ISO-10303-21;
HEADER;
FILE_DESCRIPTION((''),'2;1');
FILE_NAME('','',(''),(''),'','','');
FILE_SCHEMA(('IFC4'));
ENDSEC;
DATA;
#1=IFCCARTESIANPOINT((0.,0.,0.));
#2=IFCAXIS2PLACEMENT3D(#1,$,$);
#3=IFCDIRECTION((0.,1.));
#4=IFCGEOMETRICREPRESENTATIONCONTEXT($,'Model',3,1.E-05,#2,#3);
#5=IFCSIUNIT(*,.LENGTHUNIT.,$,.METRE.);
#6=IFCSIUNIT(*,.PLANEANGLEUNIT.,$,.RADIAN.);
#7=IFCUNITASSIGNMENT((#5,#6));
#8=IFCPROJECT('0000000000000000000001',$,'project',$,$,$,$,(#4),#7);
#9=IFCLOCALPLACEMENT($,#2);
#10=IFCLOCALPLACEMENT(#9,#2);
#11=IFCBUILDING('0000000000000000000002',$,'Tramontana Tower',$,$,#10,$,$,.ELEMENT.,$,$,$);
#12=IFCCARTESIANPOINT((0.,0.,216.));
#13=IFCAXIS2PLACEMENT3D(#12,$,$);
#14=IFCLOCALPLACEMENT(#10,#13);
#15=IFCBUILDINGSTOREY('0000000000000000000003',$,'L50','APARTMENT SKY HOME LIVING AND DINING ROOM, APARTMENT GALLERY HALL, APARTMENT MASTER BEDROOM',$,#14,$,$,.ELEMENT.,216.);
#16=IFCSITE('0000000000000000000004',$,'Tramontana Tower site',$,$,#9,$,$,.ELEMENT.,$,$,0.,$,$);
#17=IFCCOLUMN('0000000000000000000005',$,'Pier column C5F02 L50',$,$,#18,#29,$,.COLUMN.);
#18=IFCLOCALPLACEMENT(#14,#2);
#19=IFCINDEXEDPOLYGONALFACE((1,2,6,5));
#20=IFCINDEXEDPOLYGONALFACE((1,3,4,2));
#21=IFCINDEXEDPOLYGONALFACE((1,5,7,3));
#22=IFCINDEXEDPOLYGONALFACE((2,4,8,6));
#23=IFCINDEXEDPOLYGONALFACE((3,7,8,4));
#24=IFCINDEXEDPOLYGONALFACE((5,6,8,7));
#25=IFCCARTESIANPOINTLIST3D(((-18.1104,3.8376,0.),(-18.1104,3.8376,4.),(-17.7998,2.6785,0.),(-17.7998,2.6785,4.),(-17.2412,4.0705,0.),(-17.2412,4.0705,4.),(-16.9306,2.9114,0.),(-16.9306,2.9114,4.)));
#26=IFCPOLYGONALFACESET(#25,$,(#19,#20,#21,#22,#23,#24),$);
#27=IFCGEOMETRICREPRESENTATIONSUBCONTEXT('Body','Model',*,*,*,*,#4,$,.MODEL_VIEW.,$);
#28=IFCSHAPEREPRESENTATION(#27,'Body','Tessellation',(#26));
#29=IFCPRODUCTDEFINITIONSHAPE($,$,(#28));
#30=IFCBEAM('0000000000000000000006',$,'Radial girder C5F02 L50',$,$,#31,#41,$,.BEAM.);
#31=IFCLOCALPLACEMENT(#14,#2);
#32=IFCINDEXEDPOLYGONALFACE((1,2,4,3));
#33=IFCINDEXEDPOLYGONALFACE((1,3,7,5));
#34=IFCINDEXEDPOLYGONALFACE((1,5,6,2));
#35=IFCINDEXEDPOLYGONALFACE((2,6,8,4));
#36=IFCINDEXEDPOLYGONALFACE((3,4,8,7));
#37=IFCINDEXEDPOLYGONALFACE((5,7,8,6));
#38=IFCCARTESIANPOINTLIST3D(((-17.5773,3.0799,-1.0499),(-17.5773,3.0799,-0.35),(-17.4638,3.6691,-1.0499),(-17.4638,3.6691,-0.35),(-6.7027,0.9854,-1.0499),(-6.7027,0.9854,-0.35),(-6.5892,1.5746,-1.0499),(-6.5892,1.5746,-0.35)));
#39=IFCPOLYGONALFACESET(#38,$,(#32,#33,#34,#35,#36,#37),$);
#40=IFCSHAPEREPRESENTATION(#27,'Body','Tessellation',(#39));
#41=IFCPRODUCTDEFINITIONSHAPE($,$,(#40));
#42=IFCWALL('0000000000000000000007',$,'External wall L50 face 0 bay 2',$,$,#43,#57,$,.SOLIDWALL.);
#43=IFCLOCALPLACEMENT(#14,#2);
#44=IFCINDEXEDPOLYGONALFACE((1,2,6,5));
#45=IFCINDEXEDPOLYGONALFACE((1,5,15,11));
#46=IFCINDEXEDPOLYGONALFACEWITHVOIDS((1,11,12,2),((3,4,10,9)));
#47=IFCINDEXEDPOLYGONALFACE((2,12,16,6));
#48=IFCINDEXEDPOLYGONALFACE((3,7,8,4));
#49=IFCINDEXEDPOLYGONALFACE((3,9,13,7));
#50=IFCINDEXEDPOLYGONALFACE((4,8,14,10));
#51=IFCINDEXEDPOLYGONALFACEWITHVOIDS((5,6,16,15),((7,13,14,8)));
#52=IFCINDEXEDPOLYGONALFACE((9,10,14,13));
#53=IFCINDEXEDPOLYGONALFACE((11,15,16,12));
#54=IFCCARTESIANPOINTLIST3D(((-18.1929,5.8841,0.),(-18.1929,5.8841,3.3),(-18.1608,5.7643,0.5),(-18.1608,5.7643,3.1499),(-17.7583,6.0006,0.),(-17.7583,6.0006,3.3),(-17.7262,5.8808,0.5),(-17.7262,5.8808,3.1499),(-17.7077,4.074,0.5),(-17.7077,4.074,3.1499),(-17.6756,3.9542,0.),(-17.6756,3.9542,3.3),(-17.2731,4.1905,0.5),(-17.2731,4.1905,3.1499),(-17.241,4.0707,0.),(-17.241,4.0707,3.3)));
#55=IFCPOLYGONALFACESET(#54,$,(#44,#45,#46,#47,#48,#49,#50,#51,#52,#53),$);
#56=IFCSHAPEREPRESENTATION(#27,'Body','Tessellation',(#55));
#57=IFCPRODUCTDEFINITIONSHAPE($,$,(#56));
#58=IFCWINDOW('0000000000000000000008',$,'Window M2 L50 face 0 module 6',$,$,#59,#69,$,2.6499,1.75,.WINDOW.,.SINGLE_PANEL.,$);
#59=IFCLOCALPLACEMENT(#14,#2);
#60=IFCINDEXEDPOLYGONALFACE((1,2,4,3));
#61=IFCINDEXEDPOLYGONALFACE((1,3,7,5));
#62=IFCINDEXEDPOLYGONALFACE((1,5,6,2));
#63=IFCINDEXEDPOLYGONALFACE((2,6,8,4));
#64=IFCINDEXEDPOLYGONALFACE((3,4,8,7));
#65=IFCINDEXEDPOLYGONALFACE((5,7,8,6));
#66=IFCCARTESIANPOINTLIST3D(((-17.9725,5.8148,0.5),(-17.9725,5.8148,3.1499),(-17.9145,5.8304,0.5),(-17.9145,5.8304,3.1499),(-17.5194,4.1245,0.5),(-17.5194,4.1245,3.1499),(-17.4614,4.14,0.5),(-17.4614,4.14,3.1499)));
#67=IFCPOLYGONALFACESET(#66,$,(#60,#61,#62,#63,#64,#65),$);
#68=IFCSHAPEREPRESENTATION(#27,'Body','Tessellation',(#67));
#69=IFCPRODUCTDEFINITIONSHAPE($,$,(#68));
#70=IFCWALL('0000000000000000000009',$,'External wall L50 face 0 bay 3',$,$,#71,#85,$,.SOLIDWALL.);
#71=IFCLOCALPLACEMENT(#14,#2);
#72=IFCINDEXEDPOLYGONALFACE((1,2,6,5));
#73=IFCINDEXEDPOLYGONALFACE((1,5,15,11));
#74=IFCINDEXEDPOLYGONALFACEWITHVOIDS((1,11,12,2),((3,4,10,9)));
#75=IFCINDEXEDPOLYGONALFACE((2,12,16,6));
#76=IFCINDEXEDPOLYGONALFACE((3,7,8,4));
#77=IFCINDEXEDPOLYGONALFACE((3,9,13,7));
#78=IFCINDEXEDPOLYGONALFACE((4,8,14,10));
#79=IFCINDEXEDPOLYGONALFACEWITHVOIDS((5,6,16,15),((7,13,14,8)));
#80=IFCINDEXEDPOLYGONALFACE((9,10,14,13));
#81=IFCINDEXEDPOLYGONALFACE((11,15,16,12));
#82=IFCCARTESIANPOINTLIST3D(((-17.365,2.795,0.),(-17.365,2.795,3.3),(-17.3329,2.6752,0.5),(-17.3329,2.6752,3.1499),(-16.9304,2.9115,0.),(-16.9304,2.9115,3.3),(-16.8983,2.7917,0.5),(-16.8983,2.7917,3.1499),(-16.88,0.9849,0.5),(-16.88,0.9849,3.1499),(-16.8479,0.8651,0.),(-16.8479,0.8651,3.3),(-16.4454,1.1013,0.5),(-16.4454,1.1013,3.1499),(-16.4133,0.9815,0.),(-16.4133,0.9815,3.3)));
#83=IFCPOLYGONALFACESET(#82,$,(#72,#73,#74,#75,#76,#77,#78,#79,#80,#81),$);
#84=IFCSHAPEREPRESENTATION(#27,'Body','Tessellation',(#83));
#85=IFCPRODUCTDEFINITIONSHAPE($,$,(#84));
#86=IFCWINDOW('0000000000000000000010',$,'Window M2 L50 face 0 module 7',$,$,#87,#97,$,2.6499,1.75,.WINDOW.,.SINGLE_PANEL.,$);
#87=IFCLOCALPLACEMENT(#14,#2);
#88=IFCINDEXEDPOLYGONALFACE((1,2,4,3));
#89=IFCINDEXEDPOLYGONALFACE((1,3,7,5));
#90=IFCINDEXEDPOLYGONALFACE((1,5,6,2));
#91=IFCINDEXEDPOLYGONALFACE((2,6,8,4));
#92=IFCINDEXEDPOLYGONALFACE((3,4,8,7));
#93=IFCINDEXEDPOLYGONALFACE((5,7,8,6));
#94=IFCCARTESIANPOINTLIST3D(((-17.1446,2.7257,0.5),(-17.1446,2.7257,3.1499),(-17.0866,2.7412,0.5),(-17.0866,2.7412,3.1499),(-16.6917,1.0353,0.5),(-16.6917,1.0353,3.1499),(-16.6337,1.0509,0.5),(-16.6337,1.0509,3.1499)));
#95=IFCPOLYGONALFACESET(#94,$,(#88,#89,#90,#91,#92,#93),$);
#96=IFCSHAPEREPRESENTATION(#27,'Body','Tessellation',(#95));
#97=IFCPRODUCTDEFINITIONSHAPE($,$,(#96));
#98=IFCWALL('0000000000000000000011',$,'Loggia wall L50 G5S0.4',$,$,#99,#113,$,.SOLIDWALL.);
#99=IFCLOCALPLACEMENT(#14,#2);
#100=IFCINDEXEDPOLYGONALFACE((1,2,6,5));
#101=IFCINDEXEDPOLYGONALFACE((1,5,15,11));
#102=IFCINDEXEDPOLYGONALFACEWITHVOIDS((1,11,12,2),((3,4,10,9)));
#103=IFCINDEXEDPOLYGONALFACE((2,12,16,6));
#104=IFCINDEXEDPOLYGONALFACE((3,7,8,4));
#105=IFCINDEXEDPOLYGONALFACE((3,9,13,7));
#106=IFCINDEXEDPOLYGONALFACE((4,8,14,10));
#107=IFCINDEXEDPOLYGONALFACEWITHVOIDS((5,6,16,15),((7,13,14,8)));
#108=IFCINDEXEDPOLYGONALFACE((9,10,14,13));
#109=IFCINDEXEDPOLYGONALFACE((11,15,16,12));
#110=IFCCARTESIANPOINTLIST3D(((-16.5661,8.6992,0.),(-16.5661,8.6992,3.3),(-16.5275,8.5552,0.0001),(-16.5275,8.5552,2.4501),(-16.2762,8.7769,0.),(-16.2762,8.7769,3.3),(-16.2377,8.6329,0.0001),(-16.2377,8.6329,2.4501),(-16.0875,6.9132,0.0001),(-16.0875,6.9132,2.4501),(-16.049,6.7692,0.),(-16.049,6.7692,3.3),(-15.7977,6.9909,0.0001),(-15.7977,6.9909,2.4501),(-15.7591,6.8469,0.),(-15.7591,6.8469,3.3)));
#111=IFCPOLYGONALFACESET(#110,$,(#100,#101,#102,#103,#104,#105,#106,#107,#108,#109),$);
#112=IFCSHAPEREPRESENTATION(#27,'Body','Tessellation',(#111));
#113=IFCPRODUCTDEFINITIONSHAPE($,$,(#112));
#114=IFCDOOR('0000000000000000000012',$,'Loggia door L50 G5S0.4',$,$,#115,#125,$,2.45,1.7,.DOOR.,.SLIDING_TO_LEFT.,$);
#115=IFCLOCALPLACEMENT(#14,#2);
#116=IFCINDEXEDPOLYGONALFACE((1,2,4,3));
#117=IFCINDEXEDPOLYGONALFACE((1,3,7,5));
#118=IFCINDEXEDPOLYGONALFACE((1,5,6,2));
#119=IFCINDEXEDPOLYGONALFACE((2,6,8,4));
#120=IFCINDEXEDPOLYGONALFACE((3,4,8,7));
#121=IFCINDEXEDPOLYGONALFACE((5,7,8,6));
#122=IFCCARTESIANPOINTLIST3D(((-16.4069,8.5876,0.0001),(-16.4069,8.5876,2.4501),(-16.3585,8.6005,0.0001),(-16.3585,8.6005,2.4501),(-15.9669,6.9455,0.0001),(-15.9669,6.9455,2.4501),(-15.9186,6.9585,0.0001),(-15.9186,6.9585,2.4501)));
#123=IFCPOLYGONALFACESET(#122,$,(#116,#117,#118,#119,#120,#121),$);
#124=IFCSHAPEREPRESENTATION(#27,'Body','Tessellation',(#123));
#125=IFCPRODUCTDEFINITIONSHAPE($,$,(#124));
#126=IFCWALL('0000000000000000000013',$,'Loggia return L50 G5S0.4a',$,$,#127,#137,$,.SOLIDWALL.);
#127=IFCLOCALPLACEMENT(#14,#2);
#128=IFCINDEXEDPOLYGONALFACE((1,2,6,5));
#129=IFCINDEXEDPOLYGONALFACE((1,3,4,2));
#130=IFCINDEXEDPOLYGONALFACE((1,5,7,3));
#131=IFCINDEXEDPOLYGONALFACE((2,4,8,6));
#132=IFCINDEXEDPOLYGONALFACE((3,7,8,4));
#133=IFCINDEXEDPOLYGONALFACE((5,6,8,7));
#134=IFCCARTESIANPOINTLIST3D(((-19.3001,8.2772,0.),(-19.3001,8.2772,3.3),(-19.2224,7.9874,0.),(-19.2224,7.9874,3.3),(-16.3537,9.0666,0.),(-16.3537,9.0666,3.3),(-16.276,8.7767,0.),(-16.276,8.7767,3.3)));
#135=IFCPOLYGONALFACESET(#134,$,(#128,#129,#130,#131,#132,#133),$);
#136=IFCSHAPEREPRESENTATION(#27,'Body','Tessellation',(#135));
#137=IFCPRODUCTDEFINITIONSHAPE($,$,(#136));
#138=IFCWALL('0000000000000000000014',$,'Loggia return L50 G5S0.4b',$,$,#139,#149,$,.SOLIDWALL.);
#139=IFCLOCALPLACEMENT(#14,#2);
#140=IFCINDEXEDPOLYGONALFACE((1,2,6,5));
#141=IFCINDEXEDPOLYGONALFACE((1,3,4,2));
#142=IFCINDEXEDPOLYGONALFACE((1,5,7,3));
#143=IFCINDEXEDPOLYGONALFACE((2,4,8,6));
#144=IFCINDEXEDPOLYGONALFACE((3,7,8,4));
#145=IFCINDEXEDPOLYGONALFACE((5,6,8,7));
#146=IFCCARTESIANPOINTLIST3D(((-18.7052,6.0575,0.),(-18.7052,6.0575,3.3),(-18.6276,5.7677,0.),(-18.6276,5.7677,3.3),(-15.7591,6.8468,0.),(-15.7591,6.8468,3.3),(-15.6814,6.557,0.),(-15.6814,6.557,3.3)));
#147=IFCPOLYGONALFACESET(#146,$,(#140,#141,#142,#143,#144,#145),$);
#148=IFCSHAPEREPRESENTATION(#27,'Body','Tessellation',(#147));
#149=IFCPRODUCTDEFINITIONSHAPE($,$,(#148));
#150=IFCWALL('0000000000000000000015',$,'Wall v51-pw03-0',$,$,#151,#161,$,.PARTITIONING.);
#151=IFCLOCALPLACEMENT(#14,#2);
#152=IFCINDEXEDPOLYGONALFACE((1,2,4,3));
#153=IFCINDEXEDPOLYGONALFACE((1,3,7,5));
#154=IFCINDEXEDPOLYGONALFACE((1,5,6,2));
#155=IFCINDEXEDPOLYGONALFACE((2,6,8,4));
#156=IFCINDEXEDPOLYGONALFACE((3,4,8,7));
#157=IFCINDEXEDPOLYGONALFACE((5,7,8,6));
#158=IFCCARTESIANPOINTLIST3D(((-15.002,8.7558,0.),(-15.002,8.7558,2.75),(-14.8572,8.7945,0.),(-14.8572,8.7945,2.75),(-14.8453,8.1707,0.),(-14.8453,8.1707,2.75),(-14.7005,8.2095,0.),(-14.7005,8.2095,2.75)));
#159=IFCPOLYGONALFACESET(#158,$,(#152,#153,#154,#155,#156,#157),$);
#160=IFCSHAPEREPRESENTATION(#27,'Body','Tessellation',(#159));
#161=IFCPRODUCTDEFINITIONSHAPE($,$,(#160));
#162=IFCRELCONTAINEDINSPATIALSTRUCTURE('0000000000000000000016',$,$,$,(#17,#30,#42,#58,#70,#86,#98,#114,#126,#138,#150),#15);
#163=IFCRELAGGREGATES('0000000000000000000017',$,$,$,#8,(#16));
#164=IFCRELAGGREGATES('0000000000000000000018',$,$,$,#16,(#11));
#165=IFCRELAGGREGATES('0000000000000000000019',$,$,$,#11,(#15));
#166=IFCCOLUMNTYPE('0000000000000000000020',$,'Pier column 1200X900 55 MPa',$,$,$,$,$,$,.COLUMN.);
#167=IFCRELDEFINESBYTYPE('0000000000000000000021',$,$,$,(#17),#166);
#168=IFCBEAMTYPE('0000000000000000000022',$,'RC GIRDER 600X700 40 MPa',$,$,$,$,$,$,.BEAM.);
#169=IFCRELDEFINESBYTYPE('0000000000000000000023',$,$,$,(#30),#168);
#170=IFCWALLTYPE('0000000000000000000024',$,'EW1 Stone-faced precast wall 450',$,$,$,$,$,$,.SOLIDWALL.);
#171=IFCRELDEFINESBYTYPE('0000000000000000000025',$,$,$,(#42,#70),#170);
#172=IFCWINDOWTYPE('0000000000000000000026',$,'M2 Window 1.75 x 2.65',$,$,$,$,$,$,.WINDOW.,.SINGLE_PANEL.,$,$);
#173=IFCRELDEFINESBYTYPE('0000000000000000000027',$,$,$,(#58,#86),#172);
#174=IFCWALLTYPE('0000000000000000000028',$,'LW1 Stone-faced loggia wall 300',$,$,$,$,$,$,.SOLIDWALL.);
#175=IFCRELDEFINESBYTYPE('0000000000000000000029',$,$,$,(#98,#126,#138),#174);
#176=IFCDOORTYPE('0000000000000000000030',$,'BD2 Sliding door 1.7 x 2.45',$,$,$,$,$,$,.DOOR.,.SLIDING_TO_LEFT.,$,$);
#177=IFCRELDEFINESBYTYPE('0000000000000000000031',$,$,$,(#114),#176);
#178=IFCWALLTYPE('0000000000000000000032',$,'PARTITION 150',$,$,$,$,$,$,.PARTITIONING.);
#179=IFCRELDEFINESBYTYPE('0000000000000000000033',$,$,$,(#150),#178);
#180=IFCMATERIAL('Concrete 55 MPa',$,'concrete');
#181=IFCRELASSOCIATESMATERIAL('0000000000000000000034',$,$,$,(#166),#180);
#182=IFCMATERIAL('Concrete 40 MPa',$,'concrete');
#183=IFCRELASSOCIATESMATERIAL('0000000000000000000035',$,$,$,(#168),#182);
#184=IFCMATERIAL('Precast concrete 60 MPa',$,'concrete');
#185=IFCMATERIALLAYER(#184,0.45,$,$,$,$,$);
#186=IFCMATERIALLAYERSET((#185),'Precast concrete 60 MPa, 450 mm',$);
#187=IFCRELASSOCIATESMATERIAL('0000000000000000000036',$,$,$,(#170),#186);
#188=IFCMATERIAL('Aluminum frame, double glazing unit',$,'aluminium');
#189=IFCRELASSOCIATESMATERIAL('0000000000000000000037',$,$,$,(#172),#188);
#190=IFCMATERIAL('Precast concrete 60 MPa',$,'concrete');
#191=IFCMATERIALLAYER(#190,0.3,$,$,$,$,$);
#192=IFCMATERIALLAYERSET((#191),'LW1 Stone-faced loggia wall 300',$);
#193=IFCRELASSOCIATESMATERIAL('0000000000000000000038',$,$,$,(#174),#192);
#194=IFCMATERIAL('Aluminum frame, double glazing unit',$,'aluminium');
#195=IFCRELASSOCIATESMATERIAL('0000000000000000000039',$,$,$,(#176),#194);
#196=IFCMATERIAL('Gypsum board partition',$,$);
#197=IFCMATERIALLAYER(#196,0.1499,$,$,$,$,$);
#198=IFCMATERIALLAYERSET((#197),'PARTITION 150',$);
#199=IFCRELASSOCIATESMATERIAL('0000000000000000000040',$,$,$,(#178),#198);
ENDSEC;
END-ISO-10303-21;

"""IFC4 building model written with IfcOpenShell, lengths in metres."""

from ifc_helpers import new_model, si_unit, direction, frame, frame_2d, origin, origin_2d, place, context, subcontext, project, spatial, rectangle, extrude, material, layer, layer_set, material_profile, profile_set, type_object, element, fill, save


model = new_model("IFC4")

# Units and contexts
model_context = context("Model", 3, precision=1e-05, world=origin(), true_north=direction((0.0, 1.0)))
body_context = subcontext(model_context, "Body", "Model", "MODEL_VIEW")
ifc_project = project(units=[si_unit("LENGTHUNIT", "METRE"), si_unit("PLANEANGLEUNIT", "RADIAN")], contexts=[model_context])

# Site, building, storey
site_placement = place(None, origin())
site = spatial("IfcSite", under=ifc_project, at=site_placement, Name="Tramontana Tower site", CompositionType="ELEMENT", RefElevation=0.0)
building_placement = place(site_placement, origin())
building = spatial("IfcBuilding", under=site, at=building_placement, Name="Tramontana Tower", CompositionType="ELEMENT")
storey_placement = place(building_placement, frame((0.0, 0.0, 216.0)))
storey = spatial("IfcBuildingStorey", under=building, at=storey_placement, Name="L50", Description="APARTMENT SKY HOME LIVING AND DINING ROOM, APARTMENT GALLERY HALL, APARTMENT MASTER BEDROOM", CompositionType="ELEMENT", Elevation=216.0)

# Column
ifc_material_1 = material(Name="Concrete 55 MPa", Category="concrete")
ifc_material_profile_1 = material_profile(ifc_material_1, rectangle(XDim=1.2, YDim=0.8999, at=origin_2d()), Name="Pier column 1200X900 55 MPa")
ifc_profile_set_1 = profile_set([ifc_material_profile_1], Name="Concrete 55 MPa")
column_type = type_object("IfcColumnType", Name="Pier column 1200X900 55 MPa", PredefinedType="COLUMN", material=ifc_profile_set_1)
column_placement = place(storey_placement, frame((-17.5205, 3.3745, 0.0), z_axis=(0.0, 0.0, 1.0), x_axis=(0.258819, -0.965926, 0.0)))
element("IfcColumn", 1, at=column_placement, inside=storey, type_object=column_type, Name="Pier column C5F02 L50", PredefinedType="COLUMN", context=body_context, shape_type="SweptSolid", body=[
    extrude(rectangle(XDim=1.2, YDim=0.8999, at=origin_2d()), origin(), (0.0, 0.0, 1.0), 4.0),
])

# Beam
ifc_material_2 = material(Name="Concrete 40 MPa", Category="concrete")
ifc_material_profile_2 = material_profile(ifc_material_2, rectangle(XDim=0.6001, YDim=0.7, at=origin_2d()), Name="RC GIRDER 600X700 40 MPa")
ifc_profile_set_2 = profile_set([ifc_material_profile_2], Name="Concrete 40 MPa")
beam_type = type_object("IfcBeamType", Name="RC GIRDER 600X700 40 MPa", PredefinedType="BEAM", material=ifc_profile_set_2)
beam_placement = place(storey_placement, frame((-17.5205, 3.3745, -0.7), z_axis=(0.981952, -0.189129, 0.0), x_axis=(0.189129, 0.981952, 0.0)))
element("IfcBeam", 2, at=beam_placement, inside=storey, type_object=beam_type, Name="Radial girder C5F02 L50", PredefinedType="BEAM", context=body_context, shape_type="SweptSolid", body=[
    extrude(rectangle(XDim=0.6001, YDim=0.7, at=origin_2d()), origin(), (0.0, 0.0, 1.0), 11.0745),
])

# Walls, openings, windows
ifc_material_3 = material(Name="Precast concrete 60 MPa", Category="concrete")
ifc_layer_1 = layer(ifc_material_3, 0.45)
ifc_layer_set_1 = layer_set([ifc_layer_1], Name="Precast concrete 60 MPa, 450 mm")
wall_type_1 = type_object("IfcWallType", Name="EW1 Stone-faced precast wall 450", PredefinedType="SOLIDWALL", material=ifc_layer_set_1)
wall_1_placement = place(storey_placement, frame((-17.9756, 5.9424, 0.0), z_axis=(0.0, 0.0, 1.0), x_axis=(0.258917, -0.9659, 0.0)))
wall_1 = element("IfcWall", 3, at=wall_1_placement, inside=storey, type_object=wall_type_1, Name="External wall L50 face 0 bay 2", PredefinedType="SOLIDWALL", context=body_context, shape_type="SweptSolid", body=[
    extrude(rectangle(XDim=1.998, YDim=0.45, at=frame_2d((0.999, 0.0))), origin(), (0.0, 0.0, 1.0), 3.3),
])
opening_1_placement = place(wall_1_placement, frame((0.124, 0.0, 0.5)))
opening_1 = element("IfcOpeningElement", 4, at=opening_1_placement, cuts=wall_1, PredefinedType="OPENING", context=body_context, shape_type="SweptSolid", body=[
    extrude(rectangle(XDim=1.75, YDim=2.6499, at=frame_2d((0.875, 1.325))), frame((0.0, 0.2349, 0.0), z_axis=(0.0, -1.0, 0.0), x_axis=(1.0, 0.0, 0.0)), (0.0, 0.0, 1.0), 0.47),
])
ifc_material_4 = material(Name="Aluminum frame, double glazing unit", Category="aluminium")
window_type = type_object("IfcWindowType", Name="M2 Window 1.75 x 2.65", PartitioningType="SINGLE_PANEL", PredefinedType="WINDOW", material=ifc_material_4)
window_1_placement = place(opening_1_placement, origin())
window_1 = element("IfcWindow", 5, at=window_1_placement, inside=storey, type_object=window_type, Name="Window M2 L50 face 0 module 6", OverallHeight=2.6499, OverallWidth=1.75, PartitioningType="SINGLE_PANEL", PredefinedType="WINDOW", context=body_context, shape_type="SweptSolid", body=[
    extrude(rectangle(XDim=1.75, YDim=2.6499, at=frame_2d((0.875, 1.325))), frame((0.0, 0.03, 0.0), z_axis=(0.0, -1.0, 0.0), x_axis=(1.0, 0.0, 0.0)), (0.0, 0.0, 1.0), 0.0601),
])
fill(opening_1, window_1)
wall_2_placement = place(storey_placement, frame((-17.1477, 2.8533, 0.0), z_axis=(0.0, 0.0, 1.0), x_axis=(0.258803, -0.96593, 0.0)))
wall_2 = element("IfcWall", 6, at=wall_2_placement, inside=storey, type_object=wall_type_1, Name="External wall L50 face 0 bay 3", PredefinedType="SOLIDWALL", context=body_context, shape_type="SweptSolid", body=[
    extrude(rectangle(XDim=1.998, YDim=0.45, at=frame_2d((0.999, 0.0))), origin(), (0.0, 0.0, 1.0), 3.3),
])
opening_2_placement = place(wall_2_placement, frame((0.124, 0.0, 0.5)))
opening_2 = element("IfcOpeningElement", 7, at=opening_2_placement, cuts=wall_2, PredefinedType="OPENING", context=body_context, shape_type="SweptSolid", body=[
    extrude(rectangle(XDim=1.75, YDim=2.6499, at=frame_2d((0.875, 1.325))), frame((0.0, 0.2349, 0.0), z_axis=(0.0, -1.0, 0.0), x_axis=(1.0, 0.0, 0.0)), (0.0, 0.0, 1.0), 0.47),
])
window_2_placement = place(opening_2_placement, origin())
window_2 = element("IfcWindow", 8, at=window_2_placement, inside=storey, type_object=window_type, Name="Window M2 L50 face 0 module 7", OverallHeight=2.6499, OverallWidth=1.75, PartitioningType="SINGLE_PANEL", PredefinedType="WINDOW", context=body_context, shape_type="SweptSolid", body=[
    extrude(rectangle(XDim=1.75, YDim=2.6499, at=frame_2d((0.875, 1.325))), frame((0.0, 0.03, 0.0), z_axis=(0.0, -1.0, 0.0), x_axis=(1.0, 0.0, 0.0)), (0.0, 0.0, 1.0), 0.0601),
])
fill(opening_2, window_2)

# Wall, opening, door
ifc_material_5 = material(Name="Precast concrete 60 MPa", Category="concrete")
ifc_layer_2 = layer(ifc_material_5, 0.3)
ifc_layer_set_2 = layer_set([ifc_layer_2], Name="LW1 Stone-faced loggia wall 300")
wall_type_2 = type_object("IfcWallType", Name="LW1 Stone-faced loggia wall 300", PredefinedType="SOLIDWALL", material=ifc_layer_set_2)
wall_3_placement = place(storey_placement, frame((-16.4211, 8.738, 0.0), z_axis=(0.0, 0.0, 1.0), x_axis=(0.258803, -0.96593, 0.0)))
wall_3 = element("IfcWall", 9, at=wall_3_placement, inside=storey, type_object=wall_type_2, Name="Loggia wall L50 G5S0.4", PredefinedType="SOLIDWALL", context=body_context, shape_type="SweptSolid", body=[
    extrude(rectangle(XDim=1.998, YDim=0.3, at=frame_2d((0.999, 0.0))), origin(), (0.0, 0.0, 1.0), 3.3),
])
opening_3_placement = place(wall_3_placement, frame((0.1489, 0.0, 0.0)))
opening_3 = element("IfcOpeningElement", 10, at=opening_3_placement, cuts=wall_3, PredefinedType="OPENING", context=body_context, shape_type="SweptSolid", body=[
    extrude(rectangle(XDim=1.7, YDim=2.45, at=frame_2d((0.8501, 1.2251))), frame((0.0, 0.1599, 0.0), z_axis=(0.0, -1.0, 0.0), x_axis=(1.0, 0.0, 0.0)), (0.0, 0.0, 1.0), 0.3201),
])
ifc_material_6 = material(Name="Aluminum frame, double glazing unit", Category="aluminium")
door_type = type_object("IfcDoorType", Name="BD2 Sliding door 1.7 x 2.45", OperationType="SLIDING_TO_LEFT", PredefinedType="DOOR", material=ifc_material_6)
door_placement = place(opening_3_placement, origin())
door = element("IfcDoor", 11, at=door_placement, inside=storey, type_object=door_type, Name="Loggia door L50 G5S0.4", OperationType="SLIDING_TO_LEFT", OverallHeight=2.45, OverallWidth=1.7, PredefinedType="DOOR", context=body_context, shape_type="SweptSolid", body=[
    extrude(rectangle(XDim=1.7, YDim=2.45, at=frame_2d((0.8501, 1.2251))), frame((0.0, 0.0249, 0.0), z_axis=(0.0, -1.0, 0.0), x_axis=(1.0, 0.0, 0.0)), (0.0, 0.0, 1.0), 0.05),
])
fill(opening_3, door)

# Walls
wall_4_placement = place(storey_placement, frame((-19.2612, 8.1323, 0.0), z_axis=(0.0, 0.0, 1.0), x_axis=(0.965938, 0.258773, 0.0)))
element("IfcWall", 12, at=wall_4_placement, inside=storey, type_object=wall_type_2, Name="Loggia return L50 G5S0.4a", PredefinedType="SOLIDWALL", context=body_context, shape_type="SweptSolid", body=[
    extrude(rectangle(XDim=3.0503, YDim=0.3, at=frame_2d((1.5251, 0.0))), origin(), (0.0, 0.0, 1.0), 3.3),
])
wall_5_placement = place(storey_placement, frame((-18.6663, 5.9126, 0.0), z_axis=(0.0, 0.0, 1.0), x_axis=(0.965933, 0.258793, 0.0)))
element("IfcWall", 13, at=wall_5_placement, inside=storey, type_object=wall_type_2, Name="Loggia return L50 G5S0.4b", PredefinedType="SOLIDWALL", context=body_context, shape_type="SweptSolid", body=[
    extrude(rectangle(XDim=3.05, YDim=0.3, at=frame_2d((1.5249, 0.0))), origin(), (0.0, 0.0, 1.0), 3.3),
])
ifc_material_7 = material(Name="Gypsum board partition")
ifc_layer_3 = layer(ifc_material_7, 0.1499)
ifc_layer_set_3 = layer_set([ifc_layer_3], Name="PARTITION 150")
wall_type_3 = type_object("IfcWallType", Name="PARTITION 150", PredefinedType="PARTITIONING", material=ifc_layer_set_3)
wall_6_placement = place(storey_placement, frame((-14.7729, 8.1902, 0.0), z_axis=(0.0, 0.0, 1.0), x_axis=(-0.258716, 0.965953, 0.0)))
element("IfcWall", 14, at=wall_6_placement, inside=storey, type_object=wall_type_3, Name="Wall v51-pw03-0", PredefinedType="PARTITIONING", context=body_context, shape_type="SweptSolid", body=[
    extrude(rectangle(XDim=0.6057, YDim=0.1499, at=frame_2d((0.3027, 0.0))), origin(), (0.0, 0.0, 1.0), 2.75),
])

save(model, "model.ifc")
